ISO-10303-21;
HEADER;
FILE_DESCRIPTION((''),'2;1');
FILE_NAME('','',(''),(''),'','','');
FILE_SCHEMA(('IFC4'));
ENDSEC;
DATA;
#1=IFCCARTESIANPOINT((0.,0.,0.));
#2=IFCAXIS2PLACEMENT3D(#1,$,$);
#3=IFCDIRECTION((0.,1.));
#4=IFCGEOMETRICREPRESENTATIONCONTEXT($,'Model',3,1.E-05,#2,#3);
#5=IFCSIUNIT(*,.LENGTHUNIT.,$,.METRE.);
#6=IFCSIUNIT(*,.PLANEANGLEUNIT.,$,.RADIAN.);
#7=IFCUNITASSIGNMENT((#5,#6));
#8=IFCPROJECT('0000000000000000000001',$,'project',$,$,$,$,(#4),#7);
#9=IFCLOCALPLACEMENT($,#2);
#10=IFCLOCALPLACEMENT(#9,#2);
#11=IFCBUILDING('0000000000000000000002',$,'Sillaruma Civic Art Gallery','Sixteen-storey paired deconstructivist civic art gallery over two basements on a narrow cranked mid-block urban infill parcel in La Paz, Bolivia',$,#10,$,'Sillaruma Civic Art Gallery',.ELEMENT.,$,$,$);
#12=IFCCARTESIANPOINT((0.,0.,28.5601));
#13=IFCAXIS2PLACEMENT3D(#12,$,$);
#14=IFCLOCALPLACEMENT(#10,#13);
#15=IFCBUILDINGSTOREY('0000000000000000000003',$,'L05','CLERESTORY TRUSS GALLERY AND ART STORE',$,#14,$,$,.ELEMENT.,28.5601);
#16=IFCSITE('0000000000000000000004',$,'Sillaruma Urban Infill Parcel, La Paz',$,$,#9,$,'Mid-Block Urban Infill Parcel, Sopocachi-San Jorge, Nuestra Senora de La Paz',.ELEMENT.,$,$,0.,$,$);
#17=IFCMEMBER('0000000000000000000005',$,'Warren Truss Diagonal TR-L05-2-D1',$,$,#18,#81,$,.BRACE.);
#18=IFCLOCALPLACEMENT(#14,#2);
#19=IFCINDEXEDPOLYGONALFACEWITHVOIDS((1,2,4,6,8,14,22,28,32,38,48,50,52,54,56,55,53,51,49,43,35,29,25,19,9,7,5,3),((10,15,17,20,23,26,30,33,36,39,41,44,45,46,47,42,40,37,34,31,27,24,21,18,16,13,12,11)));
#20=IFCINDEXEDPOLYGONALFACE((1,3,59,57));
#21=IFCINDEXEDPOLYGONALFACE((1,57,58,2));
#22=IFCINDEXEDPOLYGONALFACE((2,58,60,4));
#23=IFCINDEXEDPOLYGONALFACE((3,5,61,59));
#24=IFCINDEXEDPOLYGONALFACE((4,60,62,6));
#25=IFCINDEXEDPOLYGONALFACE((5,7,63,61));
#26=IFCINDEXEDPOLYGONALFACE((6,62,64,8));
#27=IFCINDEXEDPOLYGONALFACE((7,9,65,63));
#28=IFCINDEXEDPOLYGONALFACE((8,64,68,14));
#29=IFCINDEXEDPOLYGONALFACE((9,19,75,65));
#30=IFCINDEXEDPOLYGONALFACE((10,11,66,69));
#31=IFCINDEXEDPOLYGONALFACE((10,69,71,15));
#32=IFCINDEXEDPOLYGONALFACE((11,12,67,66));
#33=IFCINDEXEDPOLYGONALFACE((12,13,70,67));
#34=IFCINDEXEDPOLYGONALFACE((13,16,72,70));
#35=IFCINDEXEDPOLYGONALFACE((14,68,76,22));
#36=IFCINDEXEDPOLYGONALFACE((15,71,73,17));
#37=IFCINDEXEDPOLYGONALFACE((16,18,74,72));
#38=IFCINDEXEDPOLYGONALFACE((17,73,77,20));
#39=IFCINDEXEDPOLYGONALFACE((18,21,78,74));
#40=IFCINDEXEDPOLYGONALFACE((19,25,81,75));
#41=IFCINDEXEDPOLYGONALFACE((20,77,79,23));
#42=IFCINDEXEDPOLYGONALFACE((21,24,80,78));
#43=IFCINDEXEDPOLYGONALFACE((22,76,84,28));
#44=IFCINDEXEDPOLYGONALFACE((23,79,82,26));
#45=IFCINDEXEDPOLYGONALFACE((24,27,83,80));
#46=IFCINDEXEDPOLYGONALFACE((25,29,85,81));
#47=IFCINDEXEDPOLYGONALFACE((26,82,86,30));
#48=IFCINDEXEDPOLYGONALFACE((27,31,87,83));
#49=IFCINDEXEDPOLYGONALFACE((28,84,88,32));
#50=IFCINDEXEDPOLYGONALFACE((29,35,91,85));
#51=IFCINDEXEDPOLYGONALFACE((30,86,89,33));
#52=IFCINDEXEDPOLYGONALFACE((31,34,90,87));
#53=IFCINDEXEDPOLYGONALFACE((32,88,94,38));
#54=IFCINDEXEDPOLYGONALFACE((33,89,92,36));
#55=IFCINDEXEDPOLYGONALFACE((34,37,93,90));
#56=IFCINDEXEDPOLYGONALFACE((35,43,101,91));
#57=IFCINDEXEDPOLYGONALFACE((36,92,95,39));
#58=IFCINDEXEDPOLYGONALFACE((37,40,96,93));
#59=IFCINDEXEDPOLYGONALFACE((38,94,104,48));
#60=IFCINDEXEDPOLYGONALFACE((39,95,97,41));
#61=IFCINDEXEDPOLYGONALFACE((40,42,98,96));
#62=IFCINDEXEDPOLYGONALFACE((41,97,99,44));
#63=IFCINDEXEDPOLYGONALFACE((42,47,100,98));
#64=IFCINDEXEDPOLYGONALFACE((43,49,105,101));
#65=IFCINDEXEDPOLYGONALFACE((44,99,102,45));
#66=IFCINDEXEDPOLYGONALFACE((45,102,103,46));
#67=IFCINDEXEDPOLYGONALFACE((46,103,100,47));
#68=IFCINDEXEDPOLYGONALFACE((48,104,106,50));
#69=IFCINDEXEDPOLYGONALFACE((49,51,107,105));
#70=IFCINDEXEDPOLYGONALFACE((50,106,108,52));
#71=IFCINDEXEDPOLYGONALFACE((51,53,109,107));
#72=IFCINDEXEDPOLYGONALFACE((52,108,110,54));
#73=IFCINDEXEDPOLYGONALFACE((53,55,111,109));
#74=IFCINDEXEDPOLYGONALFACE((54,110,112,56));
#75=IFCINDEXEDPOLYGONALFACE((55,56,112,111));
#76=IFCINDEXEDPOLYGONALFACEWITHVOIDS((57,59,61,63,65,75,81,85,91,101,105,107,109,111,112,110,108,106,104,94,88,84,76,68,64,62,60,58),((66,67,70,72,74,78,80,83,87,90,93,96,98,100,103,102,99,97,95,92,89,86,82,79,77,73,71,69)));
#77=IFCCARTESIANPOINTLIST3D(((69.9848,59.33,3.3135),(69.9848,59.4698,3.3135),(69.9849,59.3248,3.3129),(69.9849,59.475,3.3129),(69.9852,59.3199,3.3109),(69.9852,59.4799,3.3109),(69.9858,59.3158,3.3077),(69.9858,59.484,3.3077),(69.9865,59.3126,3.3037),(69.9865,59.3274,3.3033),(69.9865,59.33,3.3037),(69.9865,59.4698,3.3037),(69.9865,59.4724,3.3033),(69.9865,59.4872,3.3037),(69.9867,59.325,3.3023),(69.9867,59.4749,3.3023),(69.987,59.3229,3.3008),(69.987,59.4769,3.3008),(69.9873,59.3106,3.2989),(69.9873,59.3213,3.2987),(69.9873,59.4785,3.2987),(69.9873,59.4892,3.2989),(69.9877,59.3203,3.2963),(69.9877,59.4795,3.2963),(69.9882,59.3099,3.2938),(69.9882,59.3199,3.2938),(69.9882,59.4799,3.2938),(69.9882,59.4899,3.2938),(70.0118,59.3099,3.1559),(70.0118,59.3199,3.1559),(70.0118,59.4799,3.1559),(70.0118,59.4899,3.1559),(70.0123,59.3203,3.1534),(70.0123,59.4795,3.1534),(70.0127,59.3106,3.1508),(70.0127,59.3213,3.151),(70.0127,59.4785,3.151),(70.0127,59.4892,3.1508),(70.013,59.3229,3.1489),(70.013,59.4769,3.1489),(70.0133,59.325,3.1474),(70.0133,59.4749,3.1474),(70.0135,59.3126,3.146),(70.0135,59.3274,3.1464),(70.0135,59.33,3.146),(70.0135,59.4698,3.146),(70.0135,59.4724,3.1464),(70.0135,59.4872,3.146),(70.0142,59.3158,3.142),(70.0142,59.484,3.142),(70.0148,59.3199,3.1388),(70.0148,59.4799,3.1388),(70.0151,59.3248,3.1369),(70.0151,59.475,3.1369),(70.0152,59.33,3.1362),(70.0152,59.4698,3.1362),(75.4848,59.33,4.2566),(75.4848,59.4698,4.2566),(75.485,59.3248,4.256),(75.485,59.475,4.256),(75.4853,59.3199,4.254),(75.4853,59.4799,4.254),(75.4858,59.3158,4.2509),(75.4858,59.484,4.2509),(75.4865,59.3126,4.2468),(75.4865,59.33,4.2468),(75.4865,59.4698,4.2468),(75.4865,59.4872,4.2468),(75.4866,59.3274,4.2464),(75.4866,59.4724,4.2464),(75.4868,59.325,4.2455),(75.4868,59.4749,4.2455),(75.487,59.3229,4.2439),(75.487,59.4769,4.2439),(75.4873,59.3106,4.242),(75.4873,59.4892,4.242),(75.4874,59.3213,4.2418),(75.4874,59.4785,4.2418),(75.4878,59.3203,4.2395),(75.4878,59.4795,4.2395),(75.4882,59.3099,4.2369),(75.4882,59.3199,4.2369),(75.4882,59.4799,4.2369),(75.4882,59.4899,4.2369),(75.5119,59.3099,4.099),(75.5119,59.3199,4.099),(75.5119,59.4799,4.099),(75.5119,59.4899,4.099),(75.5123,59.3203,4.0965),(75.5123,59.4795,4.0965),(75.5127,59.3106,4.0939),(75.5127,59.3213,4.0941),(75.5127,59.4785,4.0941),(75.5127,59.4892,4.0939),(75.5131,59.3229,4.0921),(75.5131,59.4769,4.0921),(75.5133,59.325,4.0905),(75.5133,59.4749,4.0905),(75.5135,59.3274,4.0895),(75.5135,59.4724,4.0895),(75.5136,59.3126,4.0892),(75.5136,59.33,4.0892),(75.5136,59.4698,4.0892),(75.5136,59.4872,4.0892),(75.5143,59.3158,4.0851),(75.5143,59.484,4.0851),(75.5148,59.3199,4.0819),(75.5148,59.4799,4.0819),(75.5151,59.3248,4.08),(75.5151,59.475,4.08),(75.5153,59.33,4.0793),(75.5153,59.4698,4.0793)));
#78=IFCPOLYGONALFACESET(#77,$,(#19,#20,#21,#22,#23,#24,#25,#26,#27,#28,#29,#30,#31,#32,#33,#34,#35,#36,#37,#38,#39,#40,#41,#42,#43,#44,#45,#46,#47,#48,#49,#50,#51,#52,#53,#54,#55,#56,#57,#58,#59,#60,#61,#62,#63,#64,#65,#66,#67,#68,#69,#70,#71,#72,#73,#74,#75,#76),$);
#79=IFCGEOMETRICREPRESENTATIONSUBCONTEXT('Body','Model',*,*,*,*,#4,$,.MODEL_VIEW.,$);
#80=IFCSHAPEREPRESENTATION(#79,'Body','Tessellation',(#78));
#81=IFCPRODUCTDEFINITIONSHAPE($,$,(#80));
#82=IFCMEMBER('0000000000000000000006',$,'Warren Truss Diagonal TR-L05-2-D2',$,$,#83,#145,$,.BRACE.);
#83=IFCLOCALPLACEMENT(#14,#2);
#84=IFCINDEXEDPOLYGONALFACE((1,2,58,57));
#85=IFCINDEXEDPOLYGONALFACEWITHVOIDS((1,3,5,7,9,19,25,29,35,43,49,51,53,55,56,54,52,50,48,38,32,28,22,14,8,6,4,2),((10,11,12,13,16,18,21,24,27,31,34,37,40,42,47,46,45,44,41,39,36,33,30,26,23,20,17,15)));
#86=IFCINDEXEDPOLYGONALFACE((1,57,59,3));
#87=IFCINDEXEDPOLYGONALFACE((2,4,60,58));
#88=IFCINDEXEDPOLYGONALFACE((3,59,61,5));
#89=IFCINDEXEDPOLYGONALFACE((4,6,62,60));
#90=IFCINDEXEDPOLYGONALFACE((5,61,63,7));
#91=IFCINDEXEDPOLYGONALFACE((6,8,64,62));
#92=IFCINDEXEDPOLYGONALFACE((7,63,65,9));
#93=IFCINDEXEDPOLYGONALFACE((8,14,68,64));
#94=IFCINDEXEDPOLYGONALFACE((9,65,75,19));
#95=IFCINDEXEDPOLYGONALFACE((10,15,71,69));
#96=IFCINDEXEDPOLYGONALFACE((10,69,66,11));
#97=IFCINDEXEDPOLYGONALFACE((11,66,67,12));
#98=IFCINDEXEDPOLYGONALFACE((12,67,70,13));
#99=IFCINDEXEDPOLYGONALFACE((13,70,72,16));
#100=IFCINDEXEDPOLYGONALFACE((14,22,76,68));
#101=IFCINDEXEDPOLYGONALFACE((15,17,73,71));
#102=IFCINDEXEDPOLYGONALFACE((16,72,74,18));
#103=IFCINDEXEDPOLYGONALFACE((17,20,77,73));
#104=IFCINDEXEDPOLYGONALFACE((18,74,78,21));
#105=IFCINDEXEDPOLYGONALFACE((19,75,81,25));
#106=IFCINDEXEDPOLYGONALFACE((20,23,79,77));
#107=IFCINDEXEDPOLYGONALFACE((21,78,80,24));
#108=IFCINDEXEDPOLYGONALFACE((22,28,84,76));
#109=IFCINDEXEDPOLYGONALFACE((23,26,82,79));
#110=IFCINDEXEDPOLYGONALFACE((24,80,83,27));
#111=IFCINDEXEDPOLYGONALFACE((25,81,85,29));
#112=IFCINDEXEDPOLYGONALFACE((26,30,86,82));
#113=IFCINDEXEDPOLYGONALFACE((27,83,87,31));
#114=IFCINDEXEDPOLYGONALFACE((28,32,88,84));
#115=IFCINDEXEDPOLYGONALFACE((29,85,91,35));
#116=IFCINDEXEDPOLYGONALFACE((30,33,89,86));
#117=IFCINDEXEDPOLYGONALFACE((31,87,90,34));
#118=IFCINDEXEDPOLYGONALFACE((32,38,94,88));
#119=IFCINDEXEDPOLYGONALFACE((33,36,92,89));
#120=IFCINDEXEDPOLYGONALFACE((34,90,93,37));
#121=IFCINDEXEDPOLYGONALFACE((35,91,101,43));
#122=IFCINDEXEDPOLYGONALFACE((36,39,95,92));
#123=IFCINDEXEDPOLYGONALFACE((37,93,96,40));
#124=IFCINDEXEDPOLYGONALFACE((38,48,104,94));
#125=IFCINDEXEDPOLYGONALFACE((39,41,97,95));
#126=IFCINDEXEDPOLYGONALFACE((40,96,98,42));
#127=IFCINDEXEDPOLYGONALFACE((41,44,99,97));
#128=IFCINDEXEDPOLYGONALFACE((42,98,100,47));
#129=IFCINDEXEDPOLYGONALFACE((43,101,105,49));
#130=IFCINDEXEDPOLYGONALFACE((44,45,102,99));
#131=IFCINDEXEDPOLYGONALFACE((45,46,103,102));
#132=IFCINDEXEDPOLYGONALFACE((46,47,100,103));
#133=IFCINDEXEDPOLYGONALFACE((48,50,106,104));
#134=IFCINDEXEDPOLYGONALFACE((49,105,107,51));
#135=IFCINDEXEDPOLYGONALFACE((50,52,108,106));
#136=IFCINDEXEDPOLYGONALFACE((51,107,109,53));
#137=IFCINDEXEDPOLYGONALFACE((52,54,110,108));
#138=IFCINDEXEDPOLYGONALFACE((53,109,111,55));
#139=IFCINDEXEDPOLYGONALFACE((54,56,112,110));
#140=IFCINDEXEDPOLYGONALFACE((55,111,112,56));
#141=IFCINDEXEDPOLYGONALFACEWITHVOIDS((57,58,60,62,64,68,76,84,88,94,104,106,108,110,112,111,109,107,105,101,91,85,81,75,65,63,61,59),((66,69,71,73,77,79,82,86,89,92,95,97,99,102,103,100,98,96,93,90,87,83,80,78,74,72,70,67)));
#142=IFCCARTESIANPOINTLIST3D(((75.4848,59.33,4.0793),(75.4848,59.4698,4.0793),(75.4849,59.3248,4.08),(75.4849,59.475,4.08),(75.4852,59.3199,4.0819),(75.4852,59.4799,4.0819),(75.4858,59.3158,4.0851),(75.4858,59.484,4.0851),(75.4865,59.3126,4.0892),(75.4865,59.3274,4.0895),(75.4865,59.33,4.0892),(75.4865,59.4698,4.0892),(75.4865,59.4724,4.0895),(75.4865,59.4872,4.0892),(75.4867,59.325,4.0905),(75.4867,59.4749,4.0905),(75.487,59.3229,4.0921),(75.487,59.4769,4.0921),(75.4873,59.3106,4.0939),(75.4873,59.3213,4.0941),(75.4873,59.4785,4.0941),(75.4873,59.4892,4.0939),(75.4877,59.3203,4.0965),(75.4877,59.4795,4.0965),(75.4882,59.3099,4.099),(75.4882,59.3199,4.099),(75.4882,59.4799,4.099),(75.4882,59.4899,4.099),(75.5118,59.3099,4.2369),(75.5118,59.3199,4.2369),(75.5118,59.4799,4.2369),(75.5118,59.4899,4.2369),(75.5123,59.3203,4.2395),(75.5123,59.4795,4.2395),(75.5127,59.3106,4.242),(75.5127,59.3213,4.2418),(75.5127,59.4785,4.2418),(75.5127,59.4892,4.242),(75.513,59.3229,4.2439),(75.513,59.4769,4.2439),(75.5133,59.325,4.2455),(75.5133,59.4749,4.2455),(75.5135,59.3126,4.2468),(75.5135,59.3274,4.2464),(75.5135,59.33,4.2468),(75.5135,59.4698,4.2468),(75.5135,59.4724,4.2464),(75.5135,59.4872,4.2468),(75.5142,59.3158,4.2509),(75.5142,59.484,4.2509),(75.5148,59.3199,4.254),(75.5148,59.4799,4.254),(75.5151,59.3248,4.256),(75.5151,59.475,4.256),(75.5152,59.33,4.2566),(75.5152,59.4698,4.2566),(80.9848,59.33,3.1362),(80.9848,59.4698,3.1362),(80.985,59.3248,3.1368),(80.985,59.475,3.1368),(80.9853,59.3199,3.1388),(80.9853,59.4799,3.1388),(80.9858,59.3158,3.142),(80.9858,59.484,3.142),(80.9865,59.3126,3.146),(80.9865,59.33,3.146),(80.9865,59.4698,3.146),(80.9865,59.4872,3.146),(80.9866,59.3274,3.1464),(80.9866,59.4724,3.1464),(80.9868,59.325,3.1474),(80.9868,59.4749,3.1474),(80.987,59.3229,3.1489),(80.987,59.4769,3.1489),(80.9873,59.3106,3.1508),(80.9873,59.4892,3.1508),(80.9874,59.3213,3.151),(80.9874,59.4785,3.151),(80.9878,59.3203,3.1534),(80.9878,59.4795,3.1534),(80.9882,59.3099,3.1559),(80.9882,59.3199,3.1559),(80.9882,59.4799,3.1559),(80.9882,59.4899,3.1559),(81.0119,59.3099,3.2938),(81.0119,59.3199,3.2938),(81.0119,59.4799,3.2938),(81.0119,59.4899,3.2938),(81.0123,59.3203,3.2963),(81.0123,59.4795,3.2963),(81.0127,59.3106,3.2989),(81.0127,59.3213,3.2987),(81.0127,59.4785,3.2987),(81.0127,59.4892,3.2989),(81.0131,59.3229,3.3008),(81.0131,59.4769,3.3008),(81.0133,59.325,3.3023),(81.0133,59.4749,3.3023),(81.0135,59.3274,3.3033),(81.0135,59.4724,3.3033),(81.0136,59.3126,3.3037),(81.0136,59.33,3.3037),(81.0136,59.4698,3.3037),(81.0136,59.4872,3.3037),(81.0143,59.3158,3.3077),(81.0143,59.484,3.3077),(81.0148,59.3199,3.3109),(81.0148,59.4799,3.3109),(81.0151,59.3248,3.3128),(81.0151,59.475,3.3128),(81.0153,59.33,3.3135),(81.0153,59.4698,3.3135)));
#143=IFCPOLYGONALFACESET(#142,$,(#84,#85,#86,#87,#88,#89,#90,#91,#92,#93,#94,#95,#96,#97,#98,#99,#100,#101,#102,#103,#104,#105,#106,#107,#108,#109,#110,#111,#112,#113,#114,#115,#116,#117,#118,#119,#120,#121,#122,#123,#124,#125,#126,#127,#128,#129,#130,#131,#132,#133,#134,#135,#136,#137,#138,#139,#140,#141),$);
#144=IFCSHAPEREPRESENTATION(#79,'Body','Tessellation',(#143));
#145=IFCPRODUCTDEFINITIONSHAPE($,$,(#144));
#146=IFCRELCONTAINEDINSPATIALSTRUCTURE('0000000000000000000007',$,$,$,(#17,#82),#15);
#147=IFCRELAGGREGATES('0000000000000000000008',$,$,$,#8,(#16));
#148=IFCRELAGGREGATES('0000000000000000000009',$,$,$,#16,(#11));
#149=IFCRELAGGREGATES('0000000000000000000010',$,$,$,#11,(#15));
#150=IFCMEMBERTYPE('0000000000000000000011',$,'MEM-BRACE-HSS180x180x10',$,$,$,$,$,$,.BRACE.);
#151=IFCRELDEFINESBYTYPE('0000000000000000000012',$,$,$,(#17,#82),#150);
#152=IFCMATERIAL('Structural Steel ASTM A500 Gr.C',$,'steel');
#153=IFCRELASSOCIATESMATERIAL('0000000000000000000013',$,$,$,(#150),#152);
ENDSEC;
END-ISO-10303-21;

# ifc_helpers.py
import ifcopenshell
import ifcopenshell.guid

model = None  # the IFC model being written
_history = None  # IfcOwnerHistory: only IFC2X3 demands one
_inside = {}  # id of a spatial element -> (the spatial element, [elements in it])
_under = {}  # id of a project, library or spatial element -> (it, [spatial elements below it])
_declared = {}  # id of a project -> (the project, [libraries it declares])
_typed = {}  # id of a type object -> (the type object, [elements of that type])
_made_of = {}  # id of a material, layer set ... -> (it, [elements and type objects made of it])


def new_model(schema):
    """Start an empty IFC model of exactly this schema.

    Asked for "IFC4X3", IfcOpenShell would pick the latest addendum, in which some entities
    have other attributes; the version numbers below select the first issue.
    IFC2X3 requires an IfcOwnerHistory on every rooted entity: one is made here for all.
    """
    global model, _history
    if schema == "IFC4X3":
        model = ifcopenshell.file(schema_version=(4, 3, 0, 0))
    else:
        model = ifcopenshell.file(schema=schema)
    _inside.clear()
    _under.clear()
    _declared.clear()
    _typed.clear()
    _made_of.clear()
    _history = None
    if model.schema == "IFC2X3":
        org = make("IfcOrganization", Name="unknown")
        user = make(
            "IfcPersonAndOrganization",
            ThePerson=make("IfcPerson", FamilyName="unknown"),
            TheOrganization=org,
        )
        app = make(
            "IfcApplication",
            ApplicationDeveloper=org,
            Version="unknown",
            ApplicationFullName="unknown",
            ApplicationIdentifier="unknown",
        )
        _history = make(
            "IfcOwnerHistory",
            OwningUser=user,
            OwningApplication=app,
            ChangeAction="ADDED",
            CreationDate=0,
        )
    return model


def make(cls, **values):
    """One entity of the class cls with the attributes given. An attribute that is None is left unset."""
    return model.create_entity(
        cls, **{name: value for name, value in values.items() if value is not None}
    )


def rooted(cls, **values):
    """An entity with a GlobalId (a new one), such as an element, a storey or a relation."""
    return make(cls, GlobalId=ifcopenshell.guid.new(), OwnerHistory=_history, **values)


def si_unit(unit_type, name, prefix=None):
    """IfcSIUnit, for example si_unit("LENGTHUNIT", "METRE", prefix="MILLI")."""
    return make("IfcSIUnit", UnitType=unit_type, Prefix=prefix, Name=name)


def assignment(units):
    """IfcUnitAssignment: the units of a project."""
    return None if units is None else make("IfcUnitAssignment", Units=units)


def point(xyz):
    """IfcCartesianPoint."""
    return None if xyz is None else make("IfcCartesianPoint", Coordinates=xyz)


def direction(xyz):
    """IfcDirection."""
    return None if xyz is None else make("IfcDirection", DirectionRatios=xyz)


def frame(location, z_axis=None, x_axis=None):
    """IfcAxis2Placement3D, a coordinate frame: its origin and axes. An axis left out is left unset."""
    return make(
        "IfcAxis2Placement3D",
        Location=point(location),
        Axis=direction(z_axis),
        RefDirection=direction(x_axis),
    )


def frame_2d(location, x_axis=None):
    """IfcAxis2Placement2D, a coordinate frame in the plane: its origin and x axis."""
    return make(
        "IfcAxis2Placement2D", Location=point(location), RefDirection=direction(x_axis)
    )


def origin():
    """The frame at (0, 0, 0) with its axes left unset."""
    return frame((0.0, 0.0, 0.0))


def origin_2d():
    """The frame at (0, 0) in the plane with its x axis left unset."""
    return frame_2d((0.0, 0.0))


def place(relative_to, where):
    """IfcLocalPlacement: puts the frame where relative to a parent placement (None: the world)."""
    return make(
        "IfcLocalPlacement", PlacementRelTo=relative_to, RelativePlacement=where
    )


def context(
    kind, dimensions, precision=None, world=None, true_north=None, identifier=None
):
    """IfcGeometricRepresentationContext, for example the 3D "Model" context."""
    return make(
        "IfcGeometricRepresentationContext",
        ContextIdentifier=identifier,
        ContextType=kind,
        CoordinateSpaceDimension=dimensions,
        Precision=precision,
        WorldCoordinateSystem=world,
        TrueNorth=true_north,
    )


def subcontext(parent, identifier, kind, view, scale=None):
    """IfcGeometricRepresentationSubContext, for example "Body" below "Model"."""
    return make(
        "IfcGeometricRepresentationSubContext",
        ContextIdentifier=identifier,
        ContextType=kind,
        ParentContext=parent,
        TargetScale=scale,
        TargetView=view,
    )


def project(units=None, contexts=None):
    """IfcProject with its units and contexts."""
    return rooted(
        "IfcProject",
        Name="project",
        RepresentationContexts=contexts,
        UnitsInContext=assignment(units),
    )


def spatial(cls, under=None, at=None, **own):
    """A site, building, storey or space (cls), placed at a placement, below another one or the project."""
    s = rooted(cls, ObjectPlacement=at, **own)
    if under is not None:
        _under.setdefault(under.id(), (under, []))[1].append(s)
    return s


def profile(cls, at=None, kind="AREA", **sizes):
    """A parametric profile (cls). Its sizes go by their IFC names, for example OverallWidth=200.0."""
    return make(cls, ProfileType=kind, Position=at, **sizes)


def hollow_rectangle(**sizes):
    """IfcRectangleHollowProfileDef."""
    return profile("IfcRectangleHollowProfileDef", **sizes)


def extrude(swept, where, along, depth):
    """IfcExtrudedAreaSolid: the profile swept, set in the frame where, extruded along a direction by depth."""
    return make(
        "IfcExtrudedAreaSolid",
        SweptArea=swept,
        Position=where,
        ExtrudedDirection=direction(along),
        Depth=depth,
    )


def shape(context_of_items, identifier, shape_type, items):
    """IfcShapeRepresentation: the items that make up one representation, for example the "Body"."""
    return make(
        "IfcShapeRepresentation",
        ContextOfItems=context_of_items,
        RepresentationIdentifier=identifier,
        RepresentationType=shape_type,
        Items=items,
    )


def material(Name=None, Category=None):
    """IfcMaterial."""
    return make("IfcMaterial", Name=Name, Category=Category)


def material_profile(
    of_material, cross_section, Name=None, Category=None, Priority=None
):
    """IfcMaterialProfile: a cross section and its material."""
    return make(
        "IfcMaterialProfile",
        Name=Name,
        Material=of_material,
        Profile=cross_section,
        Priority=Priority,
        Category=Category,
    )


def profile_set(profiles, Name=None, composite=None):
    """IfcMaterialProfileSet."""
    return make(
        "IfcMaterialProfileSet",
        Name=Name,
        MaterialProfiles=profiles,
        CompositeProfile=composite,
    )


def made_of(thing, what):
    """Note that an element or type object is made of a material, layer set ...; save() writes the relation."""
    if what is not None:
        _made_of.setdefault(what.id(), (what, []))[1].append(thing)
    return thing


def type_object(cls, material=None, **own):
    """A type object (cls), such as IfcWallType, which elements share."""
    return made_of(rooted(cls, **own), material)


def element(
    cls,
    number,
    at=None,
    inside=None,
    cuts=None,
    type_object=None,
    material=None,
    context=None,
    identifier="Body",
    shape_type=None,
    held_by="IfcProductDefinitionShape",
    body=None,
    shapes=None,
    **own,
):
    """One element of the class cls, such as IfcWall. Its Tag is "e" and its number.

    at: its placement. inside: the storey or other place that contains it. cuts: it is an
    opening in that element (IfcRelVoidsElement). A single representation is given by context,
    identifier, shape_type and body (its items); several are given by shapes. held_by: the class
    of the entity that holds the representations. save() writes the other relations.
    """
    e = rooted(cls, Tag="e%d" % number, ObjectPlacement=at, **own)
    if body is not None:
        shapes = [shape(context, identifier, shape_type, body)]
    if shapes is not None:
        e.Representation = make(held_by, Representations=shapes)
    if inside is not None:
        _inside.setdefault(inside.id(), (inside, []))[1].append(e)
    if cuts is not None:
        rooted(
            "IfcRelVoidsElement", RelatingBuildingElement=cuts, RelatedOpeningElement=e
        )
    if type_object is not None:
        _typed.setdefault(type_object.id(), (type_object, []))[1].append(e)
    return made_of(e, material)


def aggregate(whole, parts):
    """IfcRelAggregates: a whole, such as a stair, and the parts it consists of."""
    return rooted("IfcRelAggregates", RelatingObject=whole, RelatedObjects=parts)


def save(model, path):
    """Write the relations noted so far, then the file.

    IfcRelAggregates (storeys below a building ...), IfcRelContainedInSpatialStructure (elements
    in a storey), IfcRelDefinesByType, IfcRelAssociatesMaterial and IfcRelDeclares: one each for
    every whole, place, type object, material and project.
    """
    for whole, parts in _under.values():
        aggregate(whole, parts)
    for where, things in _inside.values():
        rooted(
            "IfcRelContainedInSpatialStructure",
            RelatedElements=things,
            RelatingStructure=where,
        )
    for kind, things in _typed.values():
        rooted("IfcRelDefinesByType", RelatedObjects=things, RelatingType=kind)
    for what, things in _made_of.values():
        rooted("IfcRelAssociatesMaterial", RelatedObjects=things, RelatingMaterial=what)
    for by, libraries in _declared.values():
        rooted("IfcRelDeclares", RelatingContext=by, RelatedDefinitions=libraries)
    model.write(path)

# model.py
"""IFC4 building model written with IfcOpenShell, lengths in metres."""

from ifc_helpers import new_model, si_unit, direction, frame, origin, origin_2d, place, context, subcontext, project, spatial, hollow_rectangle, extrude, material, material_profile, profile_set, type_object, element, save


model = new_model("IFC4")

# Units and contexts
model_context = context("Model", 3, precision=1e-05, world=origin(), true_north=direction((0.0, 1.0)))
body_context = subcontext(model_context, "Body", "Model", "MODEL_VIEW")
ifc_project = project(units=[si_unit("LENGTHUNIT", "METRE"), si_unit("PLANEANGLEUNIT", "RADIAN")], contexts=[model_context])

# Site, building, storey
site_placement = place(None, origin())
site = spatial("IfcSite", under=ifc_project, at=site_placement, Name="Sillaruma Urban Infill Parcel, La Paz", LongName="Mid-Block Urban Infill Parcel, Sopocachi-San Jorge, Nuestra Senora de La Paz", CompositionType="ELEMENT", RefElevation=0.0)
building_placement = place(site_placement, origin())
building = spatial("IfcBuilding", under=site, at=building_placement, Name="Sillaruma Civic Art Gallery", Description="Sixteen-storey paired deconstructivist civic art gallery over two basements on a narrow cranked mid-block urban infill parcel in La Paz, Bolivia", LongName="Sillaruma Civic Art Gallery", CompositionType="ELEMENT")
storey_placement = place(building_placement, frame((0.0, 0.0, 28.5601)))
storey = spatial("IfcBuildingStorey", under=building, at=storey_placement, Name="L05", Description="CLERESTORY TRUSS GALLERY AND ART STORE", CompositionType="ELEMENT", Elevation=28.5601)

# Members
ifc_material_1 = material(Name="Structural Steel ASTM A500 Gr.C", Category="steel")
ifc_material_profile_1 = material_profile(ifc_material_1, hollow_rectangle(XDim=0.1799, YDim=0.1799, WallThickness=0.01, InnerFilletRadius=0.01, OuterFilletRadius=0.02, at=origin_2d()), Name="HSS180x180x10")
ifc_profile_set_1 = profile_set([ifc_material_profile_1], Name="Structural Steel ASTM A500 Gr.C")
member_type_1 = type_object("IfcMemberType", Name="MEM-BRACE-HSS180x180x10", PredefinedType="BRACE", material=ifc_profile_set_1)
for number, where, z_axis, x_axis, name in (
    (1, (70.0, 59.3999, 3.2249), (0.985615, 0.0, 0.169009), (0.0, 1.0, 0.0), "Warren Truss Diagonal TR-L05-2-D1"),
    (2, (75.5, 59.3999, 4.168), (0.985615, 0.0, -0.169009), (0.0, 1.0, 0.0), "Warren Truss Diagonal TR-L05-2-D2"),
):
    element("IfcMember", number, at=place(storey_placement, frame(where, z_axis=z_axis, x_axis=x_axis)), inside=storey, type_object=member_type_1, Name=name, PredefinedType="BRACE", context=body_context, shape_type="SweptSolid", body=[
        extrude(hollow_rectangle(XDim=0.1799, YDim=0.1799, WallThickness=0.01, InnerFilletRadius=0.01, OuterFilletRadius=0.02, at=origin_2d()), origin(), (0.0, 0.0, 1.0), 5.5803),
    ])

save(model, "model.ifc")
